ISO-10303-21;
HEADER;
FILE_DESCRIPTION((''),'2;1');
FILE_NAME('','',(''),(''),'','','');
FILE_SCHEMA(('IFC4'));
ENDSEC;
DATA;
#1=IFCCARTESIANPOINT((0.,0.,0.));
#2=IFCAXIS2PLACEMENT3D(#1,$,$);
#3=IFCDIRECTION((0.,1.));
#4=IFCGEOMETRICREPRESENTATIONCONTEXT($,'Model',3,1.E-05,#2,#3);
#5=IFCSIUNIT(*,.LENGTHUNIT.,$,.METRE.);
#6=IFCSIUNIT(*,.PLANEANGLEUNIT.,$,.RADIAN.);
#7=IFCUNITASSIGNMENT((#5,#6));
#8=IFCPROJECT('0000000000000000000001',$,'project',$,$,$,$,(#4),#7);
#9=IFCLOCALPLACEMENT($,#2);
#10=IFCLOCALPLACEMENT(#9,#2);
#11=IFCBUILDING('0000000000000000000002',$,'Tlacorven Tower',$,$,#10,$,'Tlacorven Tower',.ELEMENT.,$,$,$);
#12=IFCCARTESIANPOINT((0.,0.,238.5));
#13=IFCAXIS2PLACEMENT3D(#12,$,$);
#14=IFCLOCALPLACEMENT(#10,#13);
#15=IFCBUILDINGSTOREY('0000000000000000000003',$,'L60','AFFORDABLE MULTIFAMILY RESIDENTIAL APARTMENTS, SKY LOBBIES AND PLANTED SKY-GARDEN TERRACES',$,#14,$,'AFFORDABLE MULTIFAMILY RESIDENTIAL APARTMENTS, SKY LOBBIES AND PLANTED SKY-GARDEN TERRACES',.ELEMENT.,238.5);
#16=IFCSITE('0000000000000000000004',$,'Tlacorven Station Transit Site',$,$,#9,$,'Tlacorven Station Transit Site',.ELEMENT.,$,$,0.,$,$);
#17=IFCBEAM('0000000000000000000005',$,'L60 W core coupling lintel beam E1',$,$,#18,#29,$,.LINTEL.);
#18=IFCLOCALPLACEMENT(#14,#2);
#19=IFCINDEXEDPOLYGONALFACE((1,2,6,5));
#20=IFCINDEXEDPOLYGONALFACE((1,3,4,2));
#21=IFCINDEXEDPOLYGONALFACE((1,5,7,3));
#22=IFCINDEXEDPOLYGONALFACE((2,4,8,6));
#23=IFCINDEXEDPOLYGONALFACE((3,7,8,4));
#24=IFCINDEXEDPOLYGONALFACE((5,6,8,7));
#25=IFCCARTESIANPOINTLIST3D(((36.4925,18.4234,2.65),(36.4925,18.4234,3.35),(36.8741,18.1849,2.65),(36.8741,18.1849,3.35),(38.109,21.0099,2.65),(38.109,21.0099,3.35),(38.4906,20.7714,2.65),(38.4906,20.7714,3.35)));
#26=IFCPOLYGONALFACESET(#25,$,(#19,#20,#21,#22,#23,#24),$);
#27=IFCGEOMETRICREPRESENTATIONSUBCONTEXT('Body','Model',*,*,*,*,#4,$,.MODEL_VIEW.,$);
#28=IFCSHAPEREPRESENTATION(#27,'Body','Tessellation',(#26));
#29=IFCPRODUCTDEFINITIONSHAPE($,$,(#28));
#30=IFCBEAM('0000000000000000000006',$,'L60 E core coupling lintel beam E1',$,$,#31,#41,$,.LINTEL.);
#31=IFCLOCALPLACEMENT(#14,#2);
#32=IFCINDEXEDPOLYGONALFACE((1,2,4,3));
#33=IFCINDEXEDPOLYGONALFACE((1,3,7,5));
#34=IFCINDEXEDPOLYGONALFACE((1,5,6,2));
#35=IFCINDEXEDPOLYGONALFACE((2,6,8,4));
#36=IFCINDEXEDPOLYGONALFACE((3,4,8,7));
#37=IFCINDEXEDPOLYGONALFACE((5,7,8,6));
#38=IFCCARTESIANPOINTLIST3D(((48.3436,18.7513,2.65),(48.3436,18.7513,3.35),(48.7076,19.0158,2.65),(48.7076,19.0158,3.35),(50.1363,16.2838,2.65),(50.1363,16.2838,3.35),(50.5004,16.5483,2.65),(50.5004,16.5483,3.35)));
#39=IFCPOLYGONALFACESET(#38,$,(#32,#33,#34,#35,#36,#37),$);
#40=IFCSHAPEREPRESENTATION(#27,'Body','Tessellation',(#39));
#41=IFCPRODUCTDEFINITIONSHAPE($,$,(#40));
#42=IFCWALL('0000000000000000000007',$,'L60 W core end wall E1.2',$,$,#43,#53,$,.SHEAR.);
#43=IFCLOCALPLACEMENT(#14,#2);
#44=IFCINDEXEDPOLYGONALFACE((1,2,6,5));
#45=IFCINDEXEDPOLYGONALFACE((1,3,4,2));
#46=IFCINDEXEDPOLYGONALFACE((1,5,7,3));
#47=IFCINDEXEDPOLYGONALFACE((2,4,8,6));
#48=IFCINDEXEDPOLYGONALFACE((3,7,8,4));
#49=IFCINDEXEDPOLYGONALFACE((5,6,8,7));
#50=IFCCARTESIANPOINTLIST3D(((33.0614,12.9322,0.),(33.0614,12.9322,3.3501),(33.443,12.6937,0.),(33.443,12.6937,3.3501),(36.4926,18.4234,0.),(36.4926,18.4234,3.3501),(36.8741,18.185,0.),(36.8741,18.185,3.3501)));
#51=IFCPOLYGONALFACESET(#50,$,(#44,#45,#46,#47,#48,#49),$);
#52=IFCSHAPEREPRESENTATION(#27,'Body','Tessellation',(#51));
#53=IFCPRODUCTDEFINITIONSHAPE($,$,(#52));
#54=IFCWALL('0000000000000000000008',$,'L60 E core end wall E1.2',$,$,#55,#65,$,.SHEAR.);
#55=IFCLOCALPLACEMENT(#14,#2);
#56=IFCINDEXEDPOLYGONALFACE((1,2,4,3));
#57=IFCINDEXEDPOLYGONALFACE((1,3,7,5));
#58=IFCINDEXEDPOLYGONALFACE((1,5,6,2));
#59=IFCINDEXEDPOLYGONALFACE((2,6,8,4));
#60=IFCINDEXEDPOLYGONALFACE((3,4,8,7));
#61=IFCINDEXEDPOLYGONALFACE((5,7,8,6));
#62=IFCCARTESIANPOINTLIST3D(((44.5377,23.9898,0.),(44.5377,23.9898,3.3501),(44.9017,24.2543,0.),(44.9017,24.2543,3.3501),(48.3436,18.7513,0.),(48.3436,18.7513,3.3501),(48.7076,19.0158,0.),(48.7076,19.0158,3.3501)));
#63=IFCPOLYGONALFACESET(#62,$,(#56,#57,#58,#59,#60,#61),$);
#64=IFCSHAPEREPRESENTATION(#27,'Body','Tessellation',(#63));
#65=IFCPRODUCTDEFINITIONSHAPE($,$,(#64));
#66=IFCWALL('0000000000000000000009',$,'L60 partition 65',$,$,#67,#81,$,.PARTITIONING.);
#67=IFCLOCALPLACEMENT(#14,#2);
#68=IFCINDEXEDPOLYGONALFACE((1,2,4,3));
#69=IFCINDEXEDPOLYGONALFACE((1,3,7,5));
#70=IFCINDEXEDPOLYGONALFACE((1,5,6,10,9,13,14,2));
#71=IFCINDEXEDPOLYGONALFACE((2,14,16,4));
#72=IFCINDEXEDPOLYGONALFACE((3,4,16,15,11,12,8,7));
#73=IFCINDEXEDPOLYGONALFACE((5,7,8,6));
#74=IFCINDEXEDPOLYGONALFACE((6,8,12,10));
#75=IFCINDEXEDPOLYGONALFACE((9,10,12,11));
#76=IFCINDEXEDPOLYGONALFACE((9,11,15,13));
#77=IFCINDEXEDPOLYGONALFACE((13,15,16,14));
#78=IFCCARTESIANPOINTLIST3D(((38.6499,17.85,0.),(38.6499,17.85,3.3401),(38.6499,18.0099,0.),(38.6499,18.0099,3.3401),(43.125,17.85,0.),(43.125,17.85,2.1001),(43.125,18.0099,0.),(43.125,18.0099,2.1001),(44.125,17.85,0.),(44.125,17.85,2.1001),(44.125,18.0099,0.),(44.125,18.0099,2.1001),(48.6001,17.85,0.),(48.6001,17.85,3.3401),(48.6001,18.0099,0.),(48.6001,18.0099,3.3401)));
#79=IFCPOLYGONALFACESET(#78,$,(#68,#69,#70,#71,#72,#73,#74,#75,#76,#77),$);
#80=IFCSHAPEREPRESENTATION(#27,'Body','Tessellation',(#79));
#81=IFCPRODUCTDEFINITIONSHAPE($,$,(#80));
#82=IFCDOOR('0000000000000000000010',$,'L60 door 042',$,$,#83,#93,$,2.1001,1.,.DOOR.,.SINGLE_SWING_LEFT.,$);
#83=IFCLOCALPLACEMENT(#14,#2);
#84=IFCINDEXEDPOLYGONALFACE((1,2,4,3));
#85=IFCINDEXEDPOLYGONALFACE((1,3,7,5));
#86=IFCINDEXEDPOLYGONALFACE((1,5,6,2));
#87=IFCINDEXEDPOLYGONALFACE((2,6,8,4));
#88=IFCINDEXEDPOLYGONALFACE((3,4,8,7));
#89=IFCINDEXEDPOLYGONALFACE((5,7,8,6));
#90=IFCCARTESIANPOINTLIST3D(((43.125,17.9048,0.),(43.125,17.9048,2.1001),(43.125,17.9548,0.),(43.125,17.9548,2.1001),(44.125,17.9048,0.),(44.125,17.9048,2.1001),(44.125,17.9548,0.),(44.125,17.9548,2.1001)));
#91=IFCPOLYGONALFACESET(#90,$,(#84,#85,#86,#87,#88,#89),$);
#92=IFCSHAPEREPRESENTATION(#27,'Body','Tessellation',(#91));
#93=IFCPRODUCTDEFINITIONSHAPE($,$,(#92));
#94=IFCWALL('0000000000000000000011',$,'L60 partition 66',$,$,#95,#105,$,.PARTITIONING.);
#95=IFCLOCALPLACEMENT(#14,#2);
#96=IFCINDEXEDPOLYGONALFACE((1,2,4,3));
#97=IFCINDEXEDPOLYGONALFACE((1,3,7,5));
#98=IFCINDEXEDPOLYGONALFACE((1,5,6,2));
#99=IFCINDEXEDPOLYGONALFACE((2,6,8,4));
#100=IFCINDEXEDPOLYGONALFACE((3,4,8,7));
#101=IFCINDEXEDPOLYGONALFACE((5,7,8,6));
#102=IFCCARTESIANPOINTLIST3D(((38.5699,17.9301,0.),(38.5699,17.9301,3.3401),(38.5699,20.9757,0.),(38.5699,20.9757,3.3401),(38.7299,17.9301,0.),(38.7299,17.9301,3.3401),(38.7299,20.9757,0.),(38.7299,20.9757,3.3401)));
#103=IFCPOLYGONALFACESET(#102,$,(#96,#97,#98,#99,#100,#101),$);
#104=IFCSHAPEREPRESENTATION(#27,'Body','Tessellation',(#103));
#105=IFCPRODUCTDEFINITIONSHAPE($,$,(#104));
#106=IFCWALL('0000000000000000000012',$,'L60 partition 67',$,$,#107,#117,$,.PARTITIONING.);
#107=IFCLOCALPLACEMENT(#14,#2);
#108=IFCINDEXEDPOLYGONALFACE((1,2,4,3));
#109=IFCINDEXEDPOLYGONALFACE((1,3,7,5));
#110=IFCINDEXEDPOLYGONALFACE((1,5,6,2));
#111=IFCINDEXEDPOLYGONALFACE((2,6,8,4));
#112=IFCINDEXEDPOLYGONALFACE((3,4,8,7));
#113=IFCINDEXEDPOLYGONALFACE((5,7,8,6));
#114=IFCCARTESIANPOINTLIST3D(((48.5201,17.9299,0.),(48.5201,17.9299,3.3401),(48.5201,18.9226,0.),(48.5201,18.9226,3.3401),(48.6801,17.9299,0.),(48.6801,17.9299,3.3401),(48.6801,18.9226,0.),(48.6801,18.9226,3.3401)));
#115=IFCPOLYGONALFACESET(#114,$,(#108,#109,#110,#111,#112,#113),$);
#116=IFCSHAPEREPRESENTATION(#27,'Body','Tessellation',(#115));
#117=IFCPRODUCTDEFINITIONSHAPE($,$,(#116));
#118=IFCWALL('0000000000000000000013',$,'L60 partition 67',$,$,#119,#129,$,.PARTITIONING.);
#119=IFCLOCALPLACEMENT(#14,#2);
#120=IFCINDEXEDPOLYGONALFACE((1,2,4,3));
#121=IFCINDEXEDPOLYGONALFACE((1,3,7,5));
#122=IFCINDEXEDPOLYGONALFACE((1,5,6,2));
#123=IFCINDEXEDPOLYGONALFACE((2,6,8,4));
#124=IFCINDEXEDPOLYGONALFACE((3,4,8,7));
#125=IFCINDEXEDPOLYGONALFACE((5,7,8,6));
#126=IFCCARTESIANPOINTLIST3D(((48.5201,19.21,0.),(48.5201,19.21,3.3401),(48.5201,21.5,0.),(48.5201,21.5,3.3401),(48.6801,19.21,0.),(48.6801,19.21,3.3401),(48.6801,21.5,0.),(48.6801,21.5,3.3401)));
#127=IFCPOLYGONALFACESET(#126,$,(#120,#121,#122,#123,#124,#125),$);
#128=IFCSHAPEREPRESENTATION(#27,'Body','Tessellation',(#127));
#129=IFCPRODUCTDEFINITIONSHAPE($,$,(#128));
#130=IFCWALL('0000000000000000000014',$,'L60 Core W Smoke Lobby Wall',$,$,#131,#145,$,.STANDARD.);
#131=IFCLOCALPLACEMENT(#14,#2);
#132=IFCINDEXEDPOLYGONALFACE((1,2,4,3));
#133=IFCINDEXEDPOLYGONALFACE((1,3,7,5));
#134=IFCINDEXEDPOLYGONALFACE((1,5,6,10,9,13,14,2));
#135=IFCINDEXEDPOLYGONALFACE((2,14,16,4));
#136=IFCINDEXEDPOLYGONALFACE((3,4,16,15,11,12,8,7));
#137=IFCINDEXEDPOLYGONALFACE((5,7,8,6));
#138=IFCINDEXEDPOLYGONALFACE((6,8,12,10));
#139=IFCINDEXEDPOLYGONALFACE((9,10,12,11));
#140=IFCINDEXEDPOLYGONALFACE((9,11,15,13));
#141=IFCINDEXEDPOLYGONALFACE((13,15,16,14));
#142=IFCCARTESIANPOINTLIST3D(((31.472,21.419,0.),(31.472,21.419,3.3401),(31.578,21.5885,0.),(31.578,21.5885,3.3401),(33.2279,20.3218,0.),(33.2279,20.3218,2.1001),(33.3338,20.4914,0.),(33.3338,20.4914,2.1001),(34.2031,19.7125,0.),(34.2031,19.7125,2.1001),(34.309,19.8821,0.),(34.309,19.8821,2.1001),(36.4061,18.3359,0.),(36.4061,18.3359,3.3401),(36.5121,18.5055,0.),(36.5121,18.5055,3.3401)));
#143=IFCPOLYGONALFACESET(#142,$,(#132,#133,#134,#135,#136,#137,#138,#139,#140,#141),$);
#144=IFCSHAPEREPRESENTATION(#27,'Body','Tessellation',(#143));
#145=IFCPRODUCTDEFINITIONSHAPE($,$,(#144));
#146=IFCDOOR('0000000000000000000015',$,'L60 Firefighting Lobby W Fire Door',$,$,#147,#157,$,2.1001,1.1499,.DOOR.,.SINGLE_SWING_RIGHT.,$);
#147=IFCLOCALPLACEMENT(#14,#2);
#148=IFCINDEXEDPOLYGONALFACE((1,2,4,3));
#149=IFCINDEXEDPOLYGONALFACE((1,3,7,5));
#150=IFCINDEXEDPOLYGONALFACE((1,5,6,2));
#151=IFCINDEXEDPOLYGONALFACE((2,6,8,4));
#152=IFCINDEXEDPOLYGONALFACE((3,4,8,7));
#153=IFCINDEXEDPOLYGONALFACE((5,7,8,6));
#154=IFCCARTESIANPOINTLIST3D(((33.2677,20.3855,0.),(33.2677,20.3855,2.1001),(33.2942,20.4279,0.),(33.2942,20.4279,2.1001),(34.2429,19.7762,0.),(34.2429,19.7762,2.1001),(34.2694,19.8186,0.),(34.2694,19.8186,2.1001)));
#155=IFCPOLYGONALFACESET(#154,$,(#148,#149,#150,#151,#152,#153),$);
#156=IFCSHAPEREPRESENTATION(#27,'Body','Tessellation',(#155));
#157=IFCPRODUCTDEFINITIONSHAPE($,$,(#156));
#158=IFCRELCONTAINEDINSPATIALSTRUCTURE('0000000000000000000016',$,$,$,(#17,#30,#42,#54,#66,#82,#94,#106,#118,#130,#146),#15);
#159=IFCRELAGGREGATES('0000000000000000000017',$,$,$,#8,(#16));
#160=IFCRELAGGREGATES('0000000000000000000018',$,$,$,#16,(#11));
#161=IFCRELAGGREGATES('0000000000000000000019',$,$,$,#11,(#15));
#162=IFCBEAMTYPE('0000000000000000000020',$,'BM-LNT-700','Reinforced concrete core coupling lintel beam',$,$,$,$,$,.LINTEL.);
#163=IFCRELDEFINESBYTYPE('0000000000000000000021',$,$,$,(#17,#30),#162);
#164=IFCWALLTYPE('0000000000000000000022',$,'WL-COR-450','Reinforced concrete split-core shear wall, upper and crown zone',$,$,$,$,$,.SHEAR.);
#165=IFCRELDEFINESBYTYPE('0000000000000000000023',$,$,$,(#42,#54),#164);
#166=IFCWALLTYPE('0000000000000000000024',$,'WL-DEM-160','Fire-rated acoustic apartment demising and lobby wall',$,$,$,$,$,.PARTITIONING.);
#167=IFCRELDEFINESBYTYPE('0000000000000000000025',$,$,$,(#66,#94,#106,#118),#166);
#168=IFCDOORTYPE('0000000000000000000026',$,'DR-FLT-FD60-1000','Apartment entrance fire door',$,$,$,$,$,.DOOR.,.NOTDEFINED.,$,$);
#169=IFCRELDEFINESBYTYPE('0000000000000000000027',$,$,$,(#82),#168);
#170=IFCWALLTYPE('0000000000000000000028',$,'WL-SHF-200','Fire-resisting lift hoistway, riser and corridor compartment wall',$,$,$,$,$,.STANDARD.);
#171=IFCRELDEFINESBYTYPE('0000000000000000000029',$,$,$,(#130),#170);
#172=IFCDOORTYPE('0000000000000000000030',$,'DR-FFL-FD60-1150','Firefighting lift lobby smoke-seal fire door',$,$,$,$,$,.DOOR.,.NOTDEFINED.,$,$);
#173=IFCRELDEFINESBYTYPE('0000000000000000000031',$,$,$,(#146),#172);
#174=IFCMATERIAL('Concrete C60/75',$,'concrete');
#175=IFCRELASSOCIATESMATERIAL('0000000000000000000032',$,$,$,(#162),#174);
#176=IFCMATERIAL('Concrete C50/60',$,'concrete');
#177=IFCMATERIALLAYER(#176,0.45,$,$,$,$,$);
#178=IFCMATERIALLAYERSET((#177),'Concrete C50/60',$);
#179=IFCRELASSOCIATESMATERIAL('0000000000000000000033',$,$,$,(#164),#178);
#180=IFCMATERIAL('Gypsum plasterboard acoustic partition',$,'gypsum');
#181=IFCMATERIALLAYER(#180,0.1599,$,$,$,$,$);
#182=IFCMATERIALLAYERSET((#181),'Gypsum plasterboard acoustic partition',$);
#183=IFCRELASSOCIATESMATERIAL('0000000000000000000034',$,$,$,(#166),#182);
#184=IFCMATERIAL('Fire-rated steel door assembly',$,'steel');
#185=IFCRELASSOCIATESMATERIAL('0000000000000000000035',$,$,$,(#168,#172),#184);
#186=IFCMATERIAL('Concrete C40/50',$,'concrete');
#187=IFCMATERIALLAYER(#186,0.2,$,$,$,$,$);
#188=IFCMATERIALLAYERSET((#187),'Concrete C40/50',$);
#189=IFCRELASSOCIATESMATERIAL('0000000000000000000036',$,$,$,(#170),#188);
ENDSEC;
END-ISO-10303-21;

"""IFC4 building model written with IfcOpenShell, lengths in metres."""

from ifc_helpers import new_model, si_unit, direction, frame, frame_2d, origin, origin_2d, place, context, subcontext, project, spatial, rectangle, extrude, source, transform, mapped, material, layer, layer_set, material_profile, profile_set, type_object, element, fill, save


model = new_model("IFC4")

# Units and contexts
model_context = context("Model", 3, precision=1e-05, world=origin(), true_north=direction((0.0, 1.0)))
body_context = subcontext(model_context, "Body", "Model", "MODEL_VIEW")
ifc_project = project(units=[si_unit("LENGTHUNIT", "METRE"), si_unit("PLANEANGLEUNIT", "RADIAN")], contexts=[model_context])

# Site, building, storey
site_placement = place(None, origin())
site = spatial("IfcSite", under=ifc_project, at=site_placement, Name="Tlacorven Station Transit Site", LongName="Tlacorven Station Transit Site", CompositionType="ELEMENT", RefElevation=0.0)
building_placement = place(site_placement, origin())
building = spatial("IfcBuilding", under=site, at=building_placement, Name="Tlacorven Tower", LongName="Tlacorven Tower", CompositionType="ELEMENT")
storey_placement = place(building_placement, frame((0.0, 0.0, 238.5)))
storey = spatial("IfcBuildingStorey", under=building, at=storey_placement, Name="L60", Description="AFFORDABLE MULTIFAMILY RESIDENTIAL APARTMENTS, SKY LOBBIES AND PLANTED SKY-GARDEN TERRACES", LongName="AFFORDABLE MULTIFAMILY RESIDENTIAL APARTMENTS, SKY LOBBIES AND PLANTED SKY-GARDEN TERRACES", CompositionType="ELEMENT", Elevation=238.5)

# Beams
ifc_material_1 = material(Name="Concrete C60/75", Category="concrete")
ifc_material_profile = material_profile(ifc_material_1, rectangle(XDim=0.45, YDim=0.7, at=origin_2d()), Name="RC 450X700")
ifc_profile_set = profile_set([ifc_material_profile], Name="Concrete C60/75")
beam_type = type_object("IfcBeamType", Name="BM-LNT-700", Description="Reinforced concrete core coupling lintel beam", PredefinedType="LINTEL", material=ifc_profile_set)
shared_shape_1 = source(origin(), body_context, "Body", "SweptSolid", [
    extrude(rectangle(XDim=0.45, YDim=0.7, at=origin_2d()), origin(), (0.0, 0.0, 1.0), 3.05),
])
for number, where, z_axis, x_axis, name in (
    (1, (38.2998, 20.8906, 3.0), (-0.529985, -0.848007, 0.0), (0.848007, -0.529985, 0.0), "L60 W core coupling lintel beam E1"),
    (2, (50.3184, 16.416, 3.0), (-0.587777, 0.809023, 0.0), (-0.809023, -0.587777, 0.0), "L60 E core coupling lintel beam E1"),
):
    element("IfcBeam", number, at=place(storey_placement, frame(where, z_axis=z_axis, x_axis=x_axis)), inside=storey, type_object=beam_type, Name=name, PredefinedType="LINTEL", context=body_context, shape_type="MappedRepresentation", body=[
        mapped(shared_shape_1, transform((0.0, 0.0, 0.0), scale=1.0)),
    ])

# Walls
ifc_material_2 = material(Name="Concrete C50/60", Category="concrete")
ifc_layer_1 = layer(ifc_material_2, 0.45)
ifc_layer_set_1 = layer_set([ifc_layer_1], Name="Concrete C50/60")
wall_type_1 = type_object("IfcWallType", Name="WL-COR-450", Description="Reinforced concrete split-core shear wall, upper and crown zone", PredefinedType="SHEAR", material=ifc_layer_set_1)
for number, where, z_axis, x_axis, name in (
    (3, (36.6833, 18.3042, 0.0), (0.0, 0.0, 1.0), (-0.529904, -0.848058, 0.0), "L60 W core end wall E1.2"),
    (4, (48.5256, 18.8835, 0.0), (0.0, 0.0, 1.0), (-0.587775, 0.809025, 0.0), "L60 E core end wall E1.2"),
):
    element("IfcWall", number, at=place(storey_placement, frame(where, z_axis=z_axis, x_axis=x_axis)), inside=storey, type_object=wall_type_1, Name=name, PredefinedType="SHEAR", context=body_context, shape_type="SweptSolid", body=[
        extrude(rectangle(XDim=6.4751, YDim=0.45, at=frame_2d((3.2375, 0.0))), origin(), (0.0, 0.0, 1.0), 3.3501),
    ])

# Wall, opening, door
ifc_material_3 = material(Name="Gypsum plasterboard acoustic partition", Category="gypsum")
ifc_layer_2 = layer(ifc_material_3, 0.1599)
ifc_layer_set_2 = layer_set([ifc_layer_2], Name="Gypsum plasterboard acoustic partition")
wall_type_2 = type_object("IfcWallType", Name="WL-DEM-160", Description="Fire-rated acoustic apartment demising and lobby wall", PredefinedType="PARTITIONING", material=ifc_layer_set_2)
wall_1_placement = place(storey_placement, frame((38.6499, 17.9299, 0.0), z_axis=(0.0, 0.0, 1.0), x_axis=(1.0, 0.0, 0.0)))
wall_1 = element("IfcWall", 5, at=wall_1_placement, inside=storey, type_object=wall_type_2, Name="L60 partition 65", PredefinedType="PARTITIONING", context=body_context, shape_type="SweptSolid", body=[
    extrude(rectangle(XDim=9.9502, YDim=0.1599, at=frame_2d((4.9751, 0.0))), origin(), (0.0, 0.0, 1.0), 3.3401),
])
opening_1_placement = place(wall_1_placement, frame((4.4751, 0.0, 0.0)))
opening_1 = element("IfcOpeningElement", 6, at=opening_1_placement, cuts=wall_1, PredefinedType="OPENING", context=body_context, shape_type="SweptSolid", body=[
    extrude(rectangle(XDim=1.0, YDim=2.1001, at=frame_2d((0.5, 1.05))), frame((0.0, 0.0898, 0.0), z_axis=(0.0, -1.0, 0.0), x_axis=(1.0, 0.0, 0.0)), (0.0, 0.0, 1.0), 0.1799),
])
ifc_material_4 = material(Name="Fire-rated steel door assembly", Category="steel")
door_type_1 = type_object("IfcDoorType", Name="DR-FLT-FD60-1000", Description="Apartment entrance fire door", OperationType="NOTDEFINED", PredefinedType="DOOR", material=ifc_material_4)
shared_shape_2 = source(origin(), body_context, "Body", "SweptSolid", [
    extrude(rectangle(XDim=1.0, YDim=2.1001, at=frame_2d((0.5, 1.05))), frame((0.0, 0.0249, 0.0), z_axis=(0.0, -1.0, 0.0), x_axis=(1.0, 0.0, 0.0)), (0.0, 0.0, 1.0), 0.05),
])
door_1_placement = place(opening_1_placement, origin())
door_1 = element("IfcDoor", 7, at=door_1_placement, inside=storey, type_object=door_type_1, Name="L60 door 042", OperationType="SINGLE_SWING_LEFT", OverallHeight=2.1001, OverallWidth=1.0, PredefinedType="DOOR", context=body_context, shape_type="MappedRepresentation", body=[
    mapped(shared_shape_2, transform((0.0, 0.0, 0.0), scale=1.0)),
])
fill(opening_1, door_1)

# Walls
wall_2_placement = place(storey_placement, frame((38.6499, 17.9299, 0.0), z_axis=(0.0, 0.0, 1.0), x_axis=(0.0, 1.0, 0.0)))
element("IfcWall", 8, at=wall_2_placement, inside=storey, type_object=wall_type_2, Name="L60 partition 66", PredefinedType="PARTITIONING", context=body_context, shape_type="SweptSolid", body=[
    extrude(rectangle(XDim=3.0457, YDim=0.1599, at=frame_2d((1.5229, 0.0))), origin(), (0.0, 0.0, 1.0), 3.3401),
])
wall_3_placement = place(storey_placement, frame((48.6001, 17.9299, 0.0), z_axis=(0.0, 0.0, 1.0), x_axis=(0.0, 1.0, 0.0)))
element("IfcWall", 9, at=wall_3_placement, inside=storey, type_object=wall_type_2, Name="L60 partition 67", PredefinedType="PARTITIONING", context=body_context, shape_type="SweptSolid", body=[
    extrude(rectangle(XDim=0.9927, YDim=0.1599, at=frame_2d((0.4963, 0.0))), origin(), (0.0, 0.0, 1.0), 3.3401),
])
wall_4_placement = place(storey_placement, frame((48.6001, 19.21, 0.0), z_axis=(0.0, 0.0, 1.0), x_axis=(0.0, 1.0, 0.0)))
element("IfcWall", 10, at=wall_4_placement, inside=storey, type_object=wall_type_2, Name="L60 partition 67", PredefinedType="PARTITIONING", context=body_context, shape_type="SweptSolid", body=[
    extrude(rectangle(XDim=2.29, YDim=0.1599, at=frame_2d((1.145, 0.0))), origin(), (0.0, 0.0, 1.0), 3.3401),
])

# Wall, opening, door
ifc_material_5 = material(Name="Concrete C40/50", Category="concrete")
ifc_layer_3 = layer(ifc_material_5, 0.2)
ifc_layer_set_3 = layer_set([ifc_layer_3], Name="Concrete C40/50")
wall_type_3 = type_object("IfcWallType", Name="WL-SHF-200", Description="Fire-resisting lift hoistway, riser and corridor compartment wall", PredefinedType="STANDARD", material=ifc_layer_set_3)
wall_5_placement = place(storey_placement, frame((36.4592, 18.4207, 0.0), z_axis=(0.0, 0.0, 1.0), x_axis=(-0.84806, 0.529901, 0.0)))
wall_5 = element("IfcWall", 11, at=wall_5_placement, inside=storey, type_object=wall_type_3, Name="L60 Core W Smoke Lobby Wall", PredefinedType="STANDARD", context=body_context, shape_type="SweptSolid", body=[
    extrude(rectangle(XDim=5.8181, YDim=0.2, at=frame_2d((2.9092, 0.0))), origin(), (0.0, 0.0, 1.0), 3.3401),
])
opening_2_placement = place(wall_5_placement, frame((2.5979, 0.0, 0.0)))
opening_2 = element("IfcOpeningElement", 12, at=opening_2_placement, cuts=wall_5, PredefinedType="OPENING", context=body_context, shape_type="SweptSolid", body=[
    extrude(rectangle(XDim=1.1499, YDim=2.1001, at=frame_2d((0.575, 1.05))), frame((0.0, 0.1099, 0.0), z_axis=(0.0, -1.0, 0.0), x_axis=(1.0, 0.0, 0.0)), (0.0, 0.0, 1.0), 0.22),
])
door_type_2 = type_object("IfcDoorType", Name="DR-FFL-FD60-1150", Description="Firefighting lift lobby smoke-seal fire door", OperationType="NOTDEFINED", PredefinedType="DOOR", material=ifc_material_4)
shared_shape_3 = source(origin(), body_context, "Body", "SweptSolid", [
    extrude(rectangle(XDim=1.1499, YDim=2.1001, at=frame_2d((0.575, 1.05))), frame((0.0, 0.0249, 0.0), z_axis=(0.0, -1.0, 0.0), x_axis=(1.0, 0.0, 0.0)), (0.0, 0.0, 1.0), 0.05),
])
door_2_placement = place(opening_2_placement, origin())
door_2 = element("IfcDoor", 13, at=door_2_placement, inside=storey, type_object=door_type_2, Name="L60 Firefighting Lobby W Fire Door", OperationType="SINGLE_SWING_RIGHT", OverallHeight=2.1001, OverallWidth=1.1499, PredefinedType="DOOR", context=body_context, shape_type="MappedRepresentation", body=[
    mapped(shared_shape_3, transform((0.0, 0.0, 0.0), scale=1.0)),
])
fill(opening_2, door_2)

save(model, "model.ifc")
